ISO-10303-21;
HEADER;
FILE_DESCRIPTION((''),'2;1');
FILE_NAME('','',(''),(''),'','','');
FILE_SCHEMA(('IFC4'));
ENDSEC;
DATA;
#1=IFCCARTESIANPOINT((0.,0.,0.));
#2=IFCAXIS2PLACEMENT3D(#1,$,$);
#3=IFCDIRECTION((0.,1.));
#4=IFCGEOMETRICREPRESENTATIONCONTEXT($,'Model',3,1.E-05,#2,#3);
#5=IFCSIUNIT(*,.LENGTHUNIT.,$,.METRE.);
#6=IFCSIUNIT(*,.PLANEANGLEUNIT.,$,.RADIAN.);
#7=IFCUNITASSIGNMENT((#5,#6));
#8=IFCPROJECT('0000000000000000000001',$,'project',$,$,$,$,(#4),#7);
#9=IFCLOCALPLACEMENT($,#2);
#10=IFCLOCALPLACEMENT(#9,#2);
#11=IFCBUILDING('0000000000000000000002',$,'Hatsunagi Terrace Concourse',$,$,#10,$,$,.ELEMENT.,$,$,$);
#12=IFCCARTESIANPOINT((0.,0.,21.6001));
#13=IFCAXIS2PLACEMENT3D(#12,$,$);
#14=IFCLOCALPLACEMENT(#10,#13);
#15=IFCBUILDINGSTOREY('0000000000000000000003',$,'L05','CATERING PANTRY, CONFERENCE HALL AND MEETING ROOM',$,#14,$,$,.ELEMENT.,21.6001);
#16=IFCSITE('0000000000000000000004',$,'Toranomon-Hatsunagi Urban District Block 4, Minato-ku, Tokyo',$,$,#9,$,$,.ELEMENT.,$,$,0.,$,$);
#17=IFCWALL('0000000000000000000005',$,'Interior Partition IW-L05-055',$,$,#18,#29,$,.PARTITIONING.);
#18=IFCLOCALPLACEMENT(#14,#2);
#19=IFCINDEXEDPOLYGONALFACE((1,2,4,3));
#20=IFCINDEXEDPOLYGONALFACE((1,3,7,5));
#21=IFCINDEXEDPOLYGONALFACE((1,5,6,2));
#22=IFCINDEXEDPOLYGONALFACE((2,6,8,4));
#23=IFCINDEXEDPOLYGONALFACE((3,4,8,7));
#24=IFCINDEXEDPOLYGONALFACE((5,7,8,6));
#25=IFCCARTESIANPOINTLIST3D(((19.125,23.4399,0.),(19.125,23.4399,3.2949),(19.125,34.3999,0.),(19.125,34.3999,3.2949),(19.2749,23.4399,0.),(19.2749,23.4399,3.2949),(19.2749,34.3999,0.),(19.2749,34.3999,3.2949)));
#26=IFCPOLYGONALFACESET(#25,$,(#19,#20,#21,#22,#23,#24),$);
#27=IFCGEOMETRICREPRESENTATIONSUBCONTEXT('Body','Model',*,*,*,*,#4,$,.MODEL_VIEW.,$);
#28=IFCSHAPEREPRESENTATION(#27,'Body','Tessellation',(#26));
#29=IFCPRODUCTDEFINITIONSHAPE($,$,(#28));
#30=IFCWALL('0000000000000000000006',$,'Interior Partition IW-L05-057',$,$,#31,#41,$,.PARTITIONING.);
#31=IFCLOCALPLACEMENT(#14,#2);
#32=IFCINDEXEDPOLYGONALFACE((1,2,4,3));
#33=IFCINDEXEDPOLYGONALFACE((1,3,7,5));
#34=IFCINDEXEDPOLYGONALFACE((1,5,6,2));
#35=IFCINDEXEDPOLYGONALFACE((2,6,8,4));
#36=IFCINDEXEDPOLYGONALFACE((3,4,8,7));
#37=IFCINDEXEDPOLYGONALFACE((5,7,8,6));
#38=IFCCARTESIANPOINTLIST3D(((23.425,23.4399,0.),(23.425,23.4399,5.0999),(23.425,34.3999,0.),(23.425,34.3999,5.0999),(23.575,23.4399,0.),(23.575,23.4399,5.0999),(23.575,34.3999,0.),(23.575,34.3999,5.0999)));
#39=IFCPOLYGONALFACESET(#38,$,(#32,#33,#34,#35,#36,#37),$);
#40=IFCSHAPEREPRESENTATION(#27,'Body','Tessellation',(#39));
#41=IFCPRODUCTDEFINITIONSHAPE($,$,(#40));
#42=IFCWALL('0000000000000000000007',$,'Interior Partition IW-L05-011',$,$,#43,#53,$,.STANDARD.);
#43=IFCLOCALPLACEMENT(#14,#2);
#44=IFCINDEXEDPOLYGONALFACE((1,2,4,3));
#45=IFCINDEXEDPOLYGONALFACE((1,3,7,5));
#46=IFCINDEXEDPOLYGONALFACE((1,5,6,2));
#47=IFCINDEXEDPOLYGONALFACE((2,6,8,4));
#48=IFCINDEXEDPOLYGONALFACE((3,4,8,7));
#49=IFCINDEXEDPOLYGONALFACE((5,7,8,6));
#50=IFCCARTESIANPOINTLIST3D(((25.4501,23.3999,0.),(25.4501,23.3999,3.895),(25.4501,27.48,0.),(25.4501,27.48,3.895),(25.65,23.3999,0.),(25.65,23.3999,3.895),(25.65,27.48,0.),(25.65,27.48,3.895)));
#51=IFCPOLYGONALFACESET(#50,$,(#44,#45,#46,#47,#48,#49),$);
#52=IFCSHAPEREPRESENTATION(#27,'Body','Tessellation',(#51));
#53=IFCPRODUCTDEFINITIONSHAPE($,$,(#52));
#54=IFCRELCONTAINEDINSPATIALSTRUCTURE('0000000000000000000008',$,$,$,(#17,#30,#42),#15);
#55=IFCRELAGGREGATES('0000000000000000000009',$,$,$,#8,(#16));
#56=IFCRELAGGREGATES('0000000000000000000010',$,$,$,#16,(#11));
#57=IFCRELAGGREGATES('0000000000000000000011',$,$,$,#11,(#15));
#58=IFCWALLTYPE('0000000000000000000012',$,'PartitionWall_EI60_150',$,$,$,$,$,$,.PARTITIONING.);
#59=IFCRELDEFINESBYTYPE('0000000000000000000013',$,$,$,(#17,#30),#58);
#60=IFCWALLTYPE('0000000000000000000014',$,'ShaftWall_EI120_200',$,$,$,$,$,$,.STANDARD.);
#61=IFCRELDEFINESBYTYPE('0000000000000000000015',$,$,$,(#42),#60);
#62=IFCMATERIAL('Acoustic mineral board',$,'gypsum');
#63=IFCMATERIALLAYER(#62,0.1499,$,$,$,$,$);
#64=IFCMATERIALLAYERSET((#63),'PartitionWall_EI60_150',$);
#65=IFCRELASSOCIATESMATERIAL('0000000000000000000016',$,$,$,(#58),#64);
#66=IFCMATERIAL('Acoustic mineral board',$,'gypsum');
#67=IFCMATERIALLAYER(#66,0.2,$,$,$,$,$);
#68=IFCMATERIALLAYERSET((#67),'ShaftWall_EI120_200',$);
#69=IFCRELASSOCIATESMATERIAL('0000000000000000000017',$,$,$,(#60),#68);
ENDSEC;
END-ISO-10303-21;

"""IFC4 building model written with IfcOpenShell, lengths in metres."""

from ifc_helpers import new_model, si_unit, direction, frame, frame_2d, origin, place, context, subcontext, project, spatial, rectangle, extrude, material, layer, layer_set, type_object, element, save


model = new_model("IFC4")

# Units and contexts
model_context = context("Model", 3, precision=1e-05, world=origin(), true_north=direction((0.0, 1.0)))
body_context = subcontext(model_context, "Body", "Model", "MODEL_VIEW")
ifc_project = project(units=[si_unit("LENGTHUNIT", "METRE"), si_unit("PLANEANGLEUNIT", "RADIAN")], contexts=[model_context])

# Site, building, storey
site_placement = place(None, origin())
site = spatial("IfcSite", under=ifc_project, at=site_placement, Name="Toranomon-Hatsunagi Urban District Block 4, Minato-ku, Tokyo", CompositionType="ELEMENT", RefElevation=0.0)
building_placement = place(site_placement, origin())
building = spatial("IfcBuilding", under=site, at=building_placement, Name="Hatsunagi Terrace Concourse", CompositionType="ELEMENT")
storey_placement = place(building_placement, frame((0.0, 0.0, 21.6001)))
storey = spatial("IfcBuildingStorey", under=building, at=storey_placement, Name="L05", Description="CATERING PANTRY, CONFERENCE HALL AND MEETING ROOM", CompositionType="ELEMENT", Elevation=21.6001)

# Walls
ifc_material_1 = material(Name="Acoustic mineral board", Category="gypsum")
ifc_layer_1 = layer(ifc_material_1, 0.1499)
ifc_layer_set_1 = layer_set([ifc_layer_1], Name="PartitionWall_EI60_150")
wall_type_1 = type_object("IfcWallType", Name="PartitionWall_EI60_150", PredefinedType="PARTITIONING", material=ifc_layer_set_1)
wall_1_placement = place(storey_placement, frame((19.2, 23.4399, 0.0), z_axis=(0.0, 0.0, 1.0), x_axis=(0.0, 1.0, 0.0)))
element("IfcWall", 1, at=wall_1_placement, inside=storey, type_object=wall_type_1, Name="Interior Partition IW-L05-055", PredefinedType="PARTITIONING", context=body_context, shape_type="SweptSolid", body=[
    extrude(rectangle(XDim=10.96, YDim=0.1499, at=frame_2d((5.48, 0.0))), origin(), (0.0, 0.0, 1.0), 3.2949),
])
wall_2_placement = place(storey_placement, frame((23.5, 23.4399, 0.0), z_axis=(0.0, 0.0, 1.0), x_axis=(0.0, 1.0, 0.0)))
element("IfcWall", 2, at=wall_2_placement, inside=storey, type_object=wall_type_1, Name="Interior Partition IW-L05-057", PredefinedType="PARTITIONING", context=body_context, shape_type="SweptSolid", body=[
    extrude(rectangle(XDim=10.96, YDim=0.1499, at=frame_2d((5.48, 0.0))), origin(), (0.0, 0.0, 1.0), 5.0999),
])
ifc_material_2 = material(Name="Acoustic mineral board", Category="gypsum")
ifc_layer_2 = layer(ifc_material_2, 0.2)
ifc_layer_set_2 = layer_set([ifc_layer_2], Name="ShaftWall_EI120_200")
wall_type_2 = type_object("IfcWallType", Name="ShaftWall_EI120_200", PredefinedType="STANDARD", material=ifc_layer_set_2)
wall_3_placement = place(storey_placement, frame((25.55, 23.3999, 0.0), z_axis=(0.0, 0.0, 1.0), x_axis=(0.0, 1.0, 0.0)))
element("IfcWall", 3, at=wall_3_placement, inside=storey, type_object=wall_type_2, Name="Interior Partition IW-L05-011", PredefinedType="STANDARD", context=body_context, shape_type="SweptSolid", body=[
    extrude(rectangle(XDim=4.0801, YDim=0.2, at=frame_2d((2.04, 0.0))), origin(), (0.0, 0.0, 1.0), 3.895),
])

save(model, "model.ifc")
